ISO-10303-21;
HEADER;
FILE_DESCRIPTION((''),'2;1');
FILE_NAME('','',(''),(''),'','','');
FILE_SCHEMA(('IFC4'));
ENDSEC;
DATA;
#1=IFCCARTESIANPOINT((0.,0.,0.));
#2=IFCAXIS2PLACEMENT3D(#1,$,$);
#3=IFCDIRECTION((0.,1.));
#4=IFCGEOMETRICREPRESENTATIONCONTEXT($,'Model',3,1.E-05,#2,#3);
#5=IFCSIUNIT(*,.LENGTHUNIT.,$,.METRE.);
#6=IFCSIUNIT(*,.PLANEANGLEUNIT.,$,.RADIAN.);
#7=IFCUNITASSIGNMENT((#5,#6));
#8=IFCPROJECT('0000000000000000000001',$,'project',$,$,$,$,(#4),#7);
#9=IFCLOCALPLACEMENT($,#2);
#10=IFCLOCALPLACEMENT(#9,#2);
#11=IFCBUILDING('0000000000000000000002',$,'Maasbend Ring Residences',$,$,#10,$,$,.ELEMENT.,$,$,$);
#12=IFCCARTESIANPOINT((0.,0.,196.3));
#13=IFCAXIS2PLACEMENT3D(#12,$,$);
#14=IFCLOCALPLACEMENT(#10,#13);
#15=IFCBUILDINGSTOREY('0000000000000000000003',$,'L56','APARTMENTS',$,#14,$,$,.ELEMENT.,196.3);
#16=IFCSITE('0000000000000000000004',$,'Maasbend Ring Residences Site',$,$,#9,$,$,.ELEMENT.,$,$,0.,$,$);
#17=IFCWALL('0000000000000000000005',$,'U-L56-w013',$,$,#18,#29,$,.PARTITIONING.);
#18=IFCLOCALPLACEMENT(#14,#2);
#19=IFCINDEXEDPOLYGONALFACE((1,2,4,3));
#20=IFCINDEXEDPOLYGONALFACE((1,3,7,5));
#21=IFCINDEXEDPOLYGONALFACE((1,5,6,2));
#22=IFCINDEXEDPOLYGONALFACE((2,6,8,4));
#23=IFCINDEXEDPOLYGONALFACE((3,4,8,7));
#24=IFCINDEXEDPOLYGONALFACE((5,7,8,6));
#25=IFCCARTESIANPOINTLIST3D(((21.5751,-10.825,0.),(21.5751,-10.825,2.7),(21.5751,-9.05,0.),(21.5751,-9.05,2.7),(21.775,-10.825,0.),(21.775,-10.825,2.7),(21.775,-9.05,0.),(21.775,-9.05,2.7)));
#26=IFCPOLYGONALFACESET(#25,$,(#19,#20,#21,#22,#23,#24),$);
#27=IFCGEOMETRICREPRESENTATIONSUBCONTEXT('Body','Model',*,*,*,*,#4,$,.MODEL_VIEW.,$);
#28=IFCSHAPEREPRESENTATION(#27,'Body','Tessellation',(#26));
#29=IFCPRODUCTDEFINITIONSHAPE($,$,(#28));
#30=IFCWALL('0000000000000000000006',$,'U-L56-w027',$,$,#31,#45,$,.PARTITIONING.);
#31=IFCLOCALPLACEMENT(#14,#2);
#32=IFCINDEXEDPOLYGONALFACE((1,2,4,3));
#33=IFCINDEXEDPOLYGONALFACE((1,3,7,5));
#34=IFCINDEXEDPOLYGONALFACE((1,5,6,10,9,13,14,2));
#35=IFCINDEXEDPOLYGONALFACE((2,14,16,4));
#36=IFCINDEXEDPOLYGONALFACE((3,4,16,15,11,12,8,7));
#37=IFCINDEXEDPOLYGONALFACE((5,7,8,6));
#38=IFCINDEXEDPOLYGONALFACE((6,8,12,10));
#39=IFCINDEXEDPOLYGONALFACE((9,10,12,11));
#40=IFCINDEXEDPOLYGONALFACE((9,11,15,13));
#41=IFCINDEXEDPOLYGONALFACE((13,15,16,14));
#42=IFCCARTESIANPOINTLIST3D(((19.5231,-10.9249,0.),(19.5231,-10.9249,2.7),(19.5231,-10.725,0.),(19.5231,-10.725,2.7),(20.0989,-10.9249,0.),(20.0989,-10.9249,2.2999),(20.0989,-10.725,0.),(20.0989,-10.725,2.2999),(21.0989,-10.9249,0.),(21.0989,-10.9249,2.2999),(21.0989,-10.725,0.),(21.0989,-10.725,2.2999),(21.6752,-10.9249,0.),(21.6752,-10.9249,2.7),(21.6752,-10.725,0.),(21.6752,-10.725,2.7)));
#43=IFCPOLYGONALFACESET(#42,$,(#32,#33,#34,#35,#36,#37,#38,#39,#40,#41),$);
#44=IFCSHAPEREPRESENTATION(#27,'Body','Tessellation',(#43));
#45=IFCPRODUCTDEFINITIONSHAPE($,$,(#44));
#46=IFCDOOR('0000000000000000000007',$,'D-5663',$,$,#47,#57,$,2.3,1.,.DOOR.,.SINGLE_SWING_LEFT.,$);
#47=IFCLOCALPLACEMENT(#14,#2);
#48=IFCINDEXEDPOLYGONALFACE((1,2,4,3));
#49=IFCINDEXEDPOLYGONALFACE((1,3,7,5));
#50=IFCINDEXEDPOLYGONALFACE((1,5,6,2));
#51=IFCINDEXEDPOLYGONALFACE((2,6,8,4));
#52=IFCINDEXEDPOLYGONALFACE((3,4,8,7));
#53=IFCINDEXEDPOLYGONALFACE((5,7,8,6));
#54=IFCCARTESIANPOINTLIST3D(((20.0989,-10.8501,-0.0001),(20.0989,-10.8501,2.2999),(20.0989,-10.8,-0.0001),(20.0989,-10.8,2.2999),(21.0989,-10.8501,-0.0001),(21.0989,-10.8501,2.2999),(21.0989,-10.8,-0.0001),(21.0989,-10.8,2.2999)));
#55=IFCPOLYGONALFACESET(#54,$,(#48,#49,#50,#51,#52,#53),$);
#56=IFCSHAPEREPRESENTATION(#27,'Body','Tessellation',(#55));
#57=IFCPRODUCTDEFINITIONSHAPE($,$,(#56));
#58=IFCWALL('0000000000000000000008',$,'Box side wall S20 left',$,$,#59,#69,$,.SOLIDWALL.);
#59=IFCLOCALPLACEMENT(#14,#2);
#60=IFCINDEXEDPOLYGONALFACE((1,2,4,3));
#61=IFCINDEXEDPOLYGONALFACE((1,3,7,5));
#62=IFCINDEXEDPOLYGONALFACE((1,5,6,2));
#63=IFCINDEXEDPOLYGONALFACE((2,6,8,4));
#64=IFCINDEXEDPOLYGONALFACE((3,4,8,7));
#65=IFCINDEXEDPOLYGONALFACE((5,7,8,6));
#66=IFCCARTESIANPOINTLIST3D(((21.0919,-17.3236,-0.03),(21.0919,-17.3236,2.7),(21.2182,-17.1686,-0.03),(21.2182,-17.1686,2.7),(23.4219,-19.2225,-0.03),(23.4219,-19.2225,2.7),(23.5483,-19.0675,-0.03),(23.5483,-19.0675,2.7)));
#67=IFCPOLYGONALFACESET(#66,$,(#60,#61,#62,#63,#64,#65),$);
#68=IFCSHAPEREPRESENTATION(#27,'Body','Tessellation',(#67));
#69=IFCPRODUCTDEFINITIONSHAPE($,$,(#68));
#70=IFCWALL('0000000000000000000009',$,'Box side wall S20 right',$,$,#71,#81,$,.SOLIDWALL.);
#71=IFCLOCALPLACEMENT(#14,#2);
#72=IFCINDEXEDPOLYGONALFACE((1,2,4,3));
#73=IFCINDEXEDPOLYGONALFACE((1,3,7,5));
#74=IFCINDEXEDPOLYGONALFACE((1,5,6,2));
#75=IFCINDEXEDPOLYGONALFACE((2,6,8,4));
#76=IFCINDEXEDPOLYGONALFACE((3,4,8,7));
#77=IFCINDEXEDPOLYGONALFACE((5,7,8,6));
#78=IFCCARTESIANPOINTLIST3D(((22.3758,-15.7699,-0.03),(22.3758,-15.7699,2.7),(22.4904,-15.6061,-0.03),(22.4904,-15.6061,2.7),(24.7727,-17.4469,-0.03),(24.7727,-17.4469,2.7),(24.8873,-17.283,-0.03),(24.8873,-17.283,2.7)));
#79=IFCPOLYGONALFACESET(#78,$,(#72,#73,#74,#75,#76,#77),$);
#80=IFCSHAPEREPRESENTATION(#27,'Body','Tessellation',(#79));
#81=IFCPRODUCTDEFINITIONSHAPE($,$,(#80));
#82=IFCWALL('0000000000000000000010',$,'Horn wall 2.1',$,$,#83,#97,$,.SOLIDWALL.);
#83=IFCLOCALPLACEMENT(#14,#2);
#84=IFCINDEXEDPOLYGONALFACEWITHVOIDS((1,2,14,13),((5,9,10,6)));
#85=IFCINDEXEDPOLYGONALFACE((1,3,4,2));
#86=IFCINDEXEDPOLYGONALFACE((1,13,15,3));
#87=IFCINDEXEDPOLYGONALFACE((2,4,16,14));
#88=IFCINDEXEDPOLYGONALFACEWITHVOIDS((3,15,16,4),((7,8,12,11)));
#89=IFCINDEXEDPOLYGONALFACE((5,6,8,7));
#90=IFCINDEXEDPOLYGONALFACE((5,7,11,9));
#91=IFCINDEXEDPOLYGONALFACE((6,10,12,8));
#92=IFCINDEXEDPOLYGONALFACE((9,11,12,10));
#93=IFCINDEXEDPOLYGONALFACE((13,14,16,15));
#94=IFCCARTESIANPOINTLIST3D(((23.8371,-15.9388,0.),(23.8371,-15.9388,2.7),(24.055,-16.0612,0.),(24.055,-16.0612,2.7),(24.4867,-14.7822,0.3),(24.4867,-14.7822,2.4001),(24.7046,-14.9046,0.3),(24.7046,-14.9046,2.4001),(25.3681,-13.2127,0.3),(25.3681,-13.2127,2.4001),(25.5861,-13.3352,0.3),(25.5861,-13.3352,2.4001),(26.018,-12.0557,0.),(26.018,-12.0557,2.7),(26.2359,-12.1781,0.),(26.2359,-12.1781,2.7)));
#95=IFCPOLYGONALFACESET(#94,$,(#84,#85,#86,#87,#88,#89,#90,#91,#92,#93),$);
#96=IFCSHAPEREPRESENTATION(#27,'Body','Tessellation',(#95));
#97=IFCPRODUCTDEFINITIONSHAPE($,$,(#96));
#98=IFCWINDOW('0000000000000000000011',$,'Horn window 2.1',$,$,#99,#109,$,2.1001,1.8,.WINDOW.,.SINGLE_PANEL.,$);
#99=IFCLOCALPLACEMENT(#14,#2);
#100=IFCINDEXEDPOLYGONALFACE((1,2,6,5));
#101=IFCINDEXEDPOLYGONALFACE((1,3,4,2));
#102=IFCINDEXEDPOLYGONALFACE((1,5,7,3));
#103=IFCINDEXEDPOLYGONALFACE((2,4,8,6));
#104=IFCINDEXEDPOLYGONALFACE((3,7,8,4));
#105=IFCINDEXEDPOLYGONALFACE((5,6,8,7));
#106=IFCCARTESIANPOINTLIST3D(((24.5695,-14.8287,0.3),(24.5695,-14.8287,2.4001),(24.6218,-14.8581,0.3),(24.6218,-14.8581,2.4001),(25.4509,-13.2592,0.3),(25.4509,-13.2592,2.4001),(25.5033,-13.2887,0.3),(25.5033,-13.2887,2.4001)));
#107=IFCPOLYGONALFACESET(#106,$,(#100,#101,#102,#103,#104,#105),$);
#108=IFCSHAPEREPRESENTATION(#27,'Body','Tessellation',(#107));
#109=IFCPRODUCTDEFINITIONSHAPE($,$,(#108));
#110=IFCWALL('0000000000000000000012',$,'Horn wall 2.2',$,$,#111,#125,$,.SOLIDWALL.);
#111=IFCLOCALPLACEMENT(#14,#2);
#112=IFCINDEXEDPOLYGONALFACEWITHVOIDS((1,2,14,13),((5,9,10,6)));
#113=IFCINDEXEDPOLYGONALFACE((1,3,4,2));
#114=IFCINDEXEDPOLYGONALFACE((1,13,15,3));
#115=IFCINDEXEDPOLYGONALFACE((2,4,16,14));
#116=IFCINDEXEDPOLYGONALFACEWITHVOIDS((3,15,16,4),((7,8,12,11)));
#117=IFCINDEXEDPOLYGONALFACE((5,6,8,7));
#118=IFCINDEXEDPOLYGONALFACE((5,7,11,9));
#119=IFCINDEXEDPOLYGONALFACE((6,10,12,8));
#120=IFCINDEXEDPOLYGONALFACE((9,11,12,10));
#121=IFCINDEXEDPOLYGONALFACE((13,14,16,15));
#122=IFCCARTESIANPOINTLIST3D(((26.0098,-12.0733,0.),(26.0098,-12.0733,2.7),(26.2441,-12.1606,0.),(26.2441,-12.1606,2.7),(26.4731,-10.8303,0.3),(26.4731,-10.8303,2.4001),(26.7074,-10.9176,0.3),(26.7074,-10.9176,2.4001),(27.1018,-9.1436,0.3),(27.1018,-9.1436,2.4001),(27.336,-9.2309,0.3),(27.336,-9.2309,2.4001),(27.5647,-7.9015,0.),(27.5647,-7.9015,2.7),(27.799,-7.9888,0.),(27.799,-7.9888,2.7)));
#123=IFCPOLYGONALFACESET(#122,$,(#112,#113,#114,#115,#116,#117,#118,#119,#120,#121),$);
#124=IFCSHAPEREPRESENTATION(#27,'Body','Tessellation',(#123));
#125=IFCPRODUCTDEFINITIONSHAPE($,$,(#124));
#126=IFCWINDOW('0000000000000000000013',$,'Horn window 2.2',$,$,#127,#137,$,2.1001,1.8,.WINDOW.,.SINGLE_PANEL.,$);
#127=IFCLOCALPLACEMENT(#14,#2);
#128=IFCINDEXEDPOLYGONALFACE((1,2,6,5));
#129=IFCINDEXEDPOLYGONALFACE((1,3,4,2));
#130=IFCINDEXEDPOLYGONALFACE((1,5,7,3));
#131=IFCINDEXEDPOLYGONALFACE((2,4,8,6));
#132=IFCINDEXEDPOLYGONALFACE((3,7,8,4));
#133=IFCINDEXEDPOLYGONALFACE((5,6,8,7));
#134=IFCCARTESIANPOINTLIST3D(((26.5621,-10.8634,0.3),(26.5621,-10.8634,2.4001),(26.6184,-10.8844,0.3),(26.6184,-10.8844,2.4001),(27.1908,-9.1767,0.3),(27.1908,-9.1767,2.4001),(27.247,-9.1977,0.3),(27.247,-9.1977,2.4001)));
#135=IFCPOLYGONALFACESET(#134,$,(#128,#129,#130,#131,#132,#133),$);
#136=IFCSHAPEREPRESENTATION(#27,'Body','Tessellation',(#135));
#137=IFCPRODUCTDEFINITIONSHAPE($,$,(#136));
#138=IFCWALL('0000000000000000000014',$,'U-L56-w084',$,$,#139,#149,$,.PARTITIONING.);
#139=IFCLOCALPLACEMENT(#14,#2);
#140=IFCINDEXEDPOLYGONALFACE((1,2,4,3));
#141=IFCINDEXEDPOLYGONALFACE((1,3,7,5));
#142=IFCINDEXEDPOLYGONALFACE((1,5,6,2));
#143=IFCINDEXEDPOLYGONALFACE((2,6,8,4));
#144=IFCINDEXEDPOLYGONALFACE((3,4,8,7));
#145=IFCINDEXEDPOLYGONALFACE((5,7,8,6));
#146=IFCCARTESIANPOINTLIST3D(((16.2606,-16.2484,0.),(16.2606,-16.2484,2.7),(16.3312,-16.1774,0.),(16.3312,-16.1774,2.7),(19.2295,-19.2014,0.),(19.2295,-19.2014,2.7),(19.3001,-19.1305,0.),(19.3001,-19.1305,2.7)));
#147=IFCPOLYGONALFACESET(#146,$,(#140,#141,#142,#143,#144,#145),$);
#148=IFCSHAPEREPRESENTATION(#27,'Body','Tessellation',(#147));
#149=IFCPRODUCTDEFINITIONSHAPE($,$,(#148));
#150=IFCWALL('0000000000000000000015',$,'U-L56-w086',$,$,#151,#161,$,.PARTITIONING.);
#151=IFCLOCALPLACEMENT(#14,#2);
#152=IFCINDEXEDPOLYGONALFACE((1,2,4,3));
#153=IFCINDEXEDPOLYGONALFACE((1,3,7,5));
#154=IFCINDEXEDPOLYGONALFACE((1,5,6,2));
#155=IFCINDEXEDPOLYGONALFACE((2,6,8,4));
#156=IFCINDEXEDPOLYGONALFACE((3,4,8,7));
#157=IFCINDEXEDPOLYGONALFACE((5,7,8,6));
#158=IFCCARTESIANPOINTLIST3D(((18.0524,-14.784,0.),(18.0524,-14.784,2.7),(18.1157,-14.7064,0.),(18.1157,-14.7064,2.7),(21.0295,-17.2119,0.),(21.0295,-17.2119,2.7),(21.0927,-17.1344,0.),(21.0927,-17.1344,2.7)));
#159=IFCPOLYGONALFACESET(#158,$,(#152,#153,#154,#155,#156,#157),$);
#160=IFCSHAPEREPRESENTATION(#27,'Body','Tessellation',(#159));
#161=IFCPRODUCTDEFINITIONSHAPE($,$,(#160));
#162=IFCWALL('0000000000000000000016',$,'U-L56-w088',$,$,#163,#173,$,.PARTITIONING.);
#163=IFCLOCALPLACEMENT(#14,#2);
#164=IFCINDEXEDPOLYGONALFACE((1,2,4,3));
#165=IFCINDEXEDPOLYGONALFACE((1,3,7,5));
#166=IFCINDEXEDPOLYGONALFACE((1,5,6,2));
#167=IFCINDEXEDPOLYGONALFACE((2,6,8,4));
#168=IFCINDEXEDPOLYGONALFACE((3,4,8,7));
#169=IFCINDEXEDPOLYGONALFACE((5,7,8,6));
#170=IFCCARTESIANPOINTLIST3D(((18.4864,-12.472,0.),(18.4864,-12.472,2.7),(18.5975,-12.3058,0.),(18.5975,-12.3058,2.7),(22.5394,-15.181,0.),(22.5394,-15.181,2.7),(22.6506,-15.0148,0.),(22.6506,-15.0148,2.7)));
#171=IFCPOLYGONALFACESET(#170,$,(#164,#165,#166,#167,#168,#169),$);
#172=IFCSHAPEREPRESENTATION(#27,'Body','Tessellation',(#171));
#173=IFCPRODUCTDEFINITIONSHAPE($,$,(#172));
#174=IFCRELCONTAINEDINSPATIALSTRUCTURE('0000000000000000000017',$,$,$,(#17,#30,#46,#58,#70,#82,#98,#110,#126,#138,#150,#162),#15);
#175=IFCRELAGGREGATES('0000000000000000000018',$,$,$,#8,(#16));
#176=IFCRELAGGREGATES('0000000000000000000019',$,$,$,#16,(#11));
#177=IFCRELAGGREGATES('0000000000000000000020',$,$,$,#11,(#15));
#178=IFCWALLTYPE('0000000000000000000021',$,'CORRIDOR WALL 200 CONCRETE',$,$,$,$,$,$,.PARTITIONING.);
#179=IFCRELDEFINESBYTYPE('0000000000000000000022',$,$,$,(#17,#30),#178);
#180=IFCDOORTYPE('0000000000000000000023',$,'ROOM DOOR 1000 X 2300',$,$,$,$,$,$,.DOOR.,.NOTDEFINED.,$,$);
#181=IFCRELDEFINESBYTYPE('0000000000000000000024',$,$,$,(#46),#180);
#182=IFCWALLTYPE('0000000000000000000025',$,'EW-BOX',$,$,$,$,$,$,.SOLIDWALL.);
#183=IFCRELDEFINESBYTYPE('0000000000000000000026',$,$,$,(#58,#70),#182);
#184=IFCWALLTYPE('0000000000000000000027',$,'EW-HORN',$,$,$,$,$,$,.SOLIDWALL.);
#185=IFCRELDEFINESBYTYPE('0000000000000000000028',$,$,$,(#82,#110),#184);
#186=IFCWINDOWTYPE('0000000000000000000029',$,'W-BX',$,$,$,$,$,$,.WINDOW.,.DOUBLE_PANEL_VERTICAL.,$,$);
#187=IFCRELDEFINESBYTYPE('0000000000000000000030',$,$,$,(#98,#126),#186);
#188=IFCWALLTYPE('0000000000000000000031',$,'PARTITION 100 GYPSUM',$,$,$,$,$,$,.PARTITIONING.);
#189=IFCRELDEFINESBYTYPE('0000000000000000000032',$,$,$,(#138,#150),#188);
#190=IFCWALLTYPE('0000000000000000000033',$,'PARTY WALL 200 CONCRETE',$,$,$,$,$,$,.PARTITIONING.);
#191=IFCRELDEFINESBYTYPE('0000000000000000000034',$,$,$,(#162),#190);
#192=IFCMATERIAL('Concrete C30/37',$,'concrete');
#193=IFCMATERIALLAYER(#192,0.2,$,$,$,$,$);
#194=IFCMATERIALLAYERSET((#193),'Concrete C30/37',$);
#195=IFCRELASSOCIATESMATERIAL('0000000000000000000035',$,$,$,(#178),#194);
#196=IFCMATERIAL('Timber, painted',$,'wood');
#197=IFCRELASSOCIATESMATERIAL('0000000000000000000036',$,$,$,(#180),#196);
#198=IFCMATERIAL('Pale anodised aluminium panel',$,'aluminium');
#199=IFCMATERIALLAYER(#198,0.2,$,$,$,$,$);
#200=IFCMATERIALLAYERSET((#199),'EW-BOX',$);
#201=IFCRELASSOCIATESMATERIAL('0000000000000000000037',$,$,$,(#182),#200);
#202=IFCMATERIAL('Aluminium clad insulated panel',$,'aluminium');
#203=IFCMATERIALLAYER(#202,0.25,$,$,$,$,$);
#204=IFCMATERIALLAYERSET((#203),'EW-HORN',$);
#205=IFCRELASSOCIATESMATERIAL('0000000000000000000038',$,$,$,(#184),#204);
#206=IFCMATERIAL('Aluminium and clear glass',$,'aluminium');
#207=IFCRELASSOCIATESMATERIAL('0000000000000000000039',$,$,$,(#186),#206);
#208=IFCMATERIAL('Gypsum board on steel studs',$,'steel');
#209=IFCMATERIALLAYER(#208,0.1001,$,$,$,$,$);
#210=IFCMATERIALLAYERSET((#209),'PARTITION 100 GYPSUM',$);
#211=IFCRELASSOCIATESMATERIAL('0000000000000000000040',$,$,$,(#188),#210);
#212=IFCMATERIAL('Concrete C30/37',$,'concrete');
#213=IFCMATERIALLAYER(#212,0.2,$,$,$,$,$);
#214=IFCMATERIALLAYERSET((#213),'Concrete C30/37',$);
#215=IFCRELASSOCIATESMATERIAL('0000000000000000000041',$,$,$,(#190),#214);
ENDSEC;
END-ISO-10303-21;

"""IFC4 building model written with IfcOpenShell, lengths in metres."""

from ifc_helpers import new_model, si_unit, direction, frame, frame_2d, origin, place, context, subcontext, project, spatial, rectangle, extrude, material, layer, layer_set, type_object, element, fill, save


model = new_model("IFC4")

# Units and contexts
model_context = context("Model", 3, precision=1e-05, world=origin(), true_north=direction((0.0, 1.0)))
body_context = subcontext(model_context, "Body", "Model", "MODEL_VIEW")
ifc_project = project(units=[si_unit("LENGTHUNIT", "METRE"), si_unit("PLANEANGLEUNIT", "RADIAN")], contexts=[model_context])

# Site, building, storey
site_placement = place(None, origin())
site = spatial("IfcSite", under=ifc_project, at=site_placement, Name="Maasbend Ring Residences Site", CompositionType="ELEMENT", RefElevation=0.0)
building_placement = place(site_placement, origin())
building = spatial("IfcBuilding", under=site, at=building_placement, Name="Maasbend Ring Residences", CompositionType="ELEMENT")
storey_placement = place(building_placement, frame((0.0, 0.0, 196.3)))
storey = spatial("IfcBuildingStorey", under=building, at=storey_placement, Name="L56", Description="APARTMENTS", CompositionType="ELEMENT", Elevation=196.3)

# Wall
ifc_material_1 = material(Name="Concrete C30/37", Category="concrete")
ifc_layer_1 = layer(ifc_material_1, 0.2)
ifc_layer_set_1 = layer_set([ifc_layer_1], Name="Concrete C30/37")
wall_type_1 = type_object("IfcWallType", Name="CORRIDOR WALL 200 CONCRETE", PredefinedType="PARTITIONING", material=ifc_layer_set_1)
wall_1_placement = place(storey_placement, frame((21.675, -10.825, 0.0), z_axis=(0.0, 0.0, 1.0), x_axis=(0.0, 1.0, 0.0)))
element("IfcWall", 1, at=wall_1_placement, inside=storey, type_object=wall_type_1, Name="U-L56-w013", PredefinedType="PARTITIONING", context=body_context, shape_type="SweptSolid", body=[
    extrude(rectangle(XDim=1.7749, YDim=0.2, at=frame_2d((0.8875, 0.0))), origin(), (0.0, 0.0, 1.0), 2.7),
])

# Wall, opening, door
wall_2_placement = place(storey_placement, frame((19.5229, -10.825, 0.0), z_axis=(0.0, 0.0, 1.0), x_axis=(1.0, 0.0, 0.0)))
wall_2 = element("IfcWall", 2, at=wall_2_placement, inside=storey, type_object=wall_type_1, Name="U-L56-w027", PredefinedType="PARTITIONING", context=body_context, shape_type="SweptSolid", body=[
    extrude(rectangle(XDim=2.1521, YDim=0.2, at=frame_2d((1.0762, 0.0))), origin(), (0.0, 0.0, 1.0), 2.7),
])
opening_1_placement = place(wall_2_placement, frame((0.5759, 0.0, 0.0)))
opening_1 = element("IfcOpeningElement", 3, at=opening_1_placement, cuts=wall_2, PredefinedType="OPENING", context=body_context, shape_type="SweptSolid", body=[
    extrude(rectangle(XDim=1.0, YDim=2.3, at=frame_2d((0.5, 1.1499))), frame((0.0, 0.1099, 0.0), z_axis=(0.0, -1.0, 0.0), x_axis=(1.0, 0.0, 0.0)), (0.0, 0.0, 1.0), 0.22),
])
ifc_material_2 = material(Name="Timber, painted", Category="wood")
door_type = type_object("IfcDoorType", Name="ROOM DOOR 1000 X 2300", OperationType="NOTDEFINED", PredefinedType="DOOR", material=ifc_material_2)
door_placement = place(opening_1_placement, origin())
door = element("IfcDoor", 4, at=door_placement, inside=storey, type_object=door_type, Name="D-5663", OperationType="SINGLE_SWING_LEFT", OverallHeight=2.3, OverallWidth=1.0, PredefinedType="DOOR", context=body_context, shape_type="SweptSolid", body=[
    extrude(rectangle(XDim=1.0, YDim=2.3, at=frame_2d((0.5, 1.1499))), frame((0.0, 0.0249, 0.0), z_axis=(0.0, -1.0, 0.0), x_axis=(1.0, 0.0, 0.0)), (0.0, 0.0, 1.0), 0.05),
])
fill(opening_1, door)

# Walls
ifc_material_3 = material(Name="Pale anodised aluminium panel", Category="aluminium")
ifc_layer_2 = layer(ifc_material_3, 0.2)
ifc_layer_set_2 = layer_set([ifc_layer_2], Name="EW-BOX")
wall_type_2 = type_object("IfcWallType", Name="EW-BOX", PredefinedType="SOLIDWALL", material=ifc_layer_set_2)
wall_3_placement = place(storey_placement, frame((21.155, -17.2461, -0.03), z_axis=(0.0, 0.0, 1.0), x_axis=(0.775179, -0.631742, 0.0)))
element("IfcWall", 5, at=wall_3_placement, inside=storey, type_object=wall_type_2, Name="Box side wall S20 left", PredefinedType="SOLIDWALL", context=body_context, shape_type="SweptSolid", body=[
    extrude(rectangle(XDim=3.0059, YDim=0.2, at=frame_2d((1.5029, 0.0))), origin(), (0.0, 0.0, 1.0), 2.73),
])
wall_4_placement = place(storey_placement, frame((22.4331, -15.688, -0.03), z_axis=(0.0, 0.0, 1.0), x_axis=(0.819373, -0.573261, 0.0)))
element("IfcWall", 6, at=wall_4_placement, inside=storey, type_object=wall_type_2, Name="Box side wall S20 right", PredefinedType="SOLIDWALL", context=body_context, shape_type="SweptSolid", body=[
    extrude(rectangle(XDim=2.9253, YDim=0.2, at=frame_2d((1.4626, 0.0))), origin(), (0.0, 0.0, 1.0), 2.73),
])

# Walls, openings, windows
ifc_material_4 = material(Name="Aluminium clad insulated panel", Category="aluminium")
ifc_layer_3 = layer(ifc_material_4, 0.25)
ifc_layer_set_3 = layer_set([ifc_layer_3], Name="EW-HORN")
wall_type_3 = type_object("IfcWallType", Name="EW-HORN", PredefinedType="SOLIDWALL", material=ifc_layer_set_3)
wall_5_placement = place(storey_placement, frame((23.946, -16.0, 0.0), z_axis=(0.0, 0.0, 1.0), x_axis=(0.489696, 0.871893, 0.0)))
wall_5 = element("IfcWall", 7, at=wall_5_placement, inside=storey, type_object=wall_type_3, Name="Horn wall 2.1", PredefinedType="SOLIDWALL", context=body_context, shape_type="SweptSolid", body=[
    extrude(rectangle(XDim=4.4536, YDim=0.25, at=frame_2d((2.2268, 0.0))), origin(), (0.0, 0.0, 1.0), 2.7),
])
opening_2_placement = place(wall_5_placement, frame((1.3267, 0.0, 0.3)))
opening_2 = element("IfcOpeningElement", 8, at=opening_2_placement, cuts=wall_5, PredefinedType="OPENING", context=body_context, shape_type="SweptSolid", body=[
    extrude(rectangle(XDim=1.8, YDim=2.1001, at=frame_2d((0.8999, 1.05))), frame((0.0, 0.135, 0.0), z_axis=(0.0, -1.0, 0.0), x_axis=(1.0, 0.0, 0.0)), (0.0, 0.0, 1.0), 0.27),
])
ifc_material_5 = material(Name="Aluminium and clear glass", Category="aluminium")
window_type = type_object("IfcWindowType", Name="W-BX", PartitioningType="DOUBLE_PANEL_VERTICAL", PredefinedType="WINDOW", material=ifc_material_5)
window_1_placement = place(opening_2_placement, origin())
window_1 = element("IfcWindow", 9, at=window_1_placement, inside=storey, type_object=window_type, Name="Horn window 2.1", OverallHeight=2.1001, OverallWidth=1.8, PartitioningType="SINGLE_PANEL", PredefinedType="WINDOW", context=body_context, shape_type="SweptSolid", body=[
    extrude(rectangle(XDim=1.8, YDim=2.1001, at=frame_2d((0.8999, 1.05))), frame((0.0, 0.03, 0.0), z_axis=(0.0, -1.0, 0.0), x_axis=(1.0, 0.0, 0.0)), (0.0, 0.0, 1.0), 0.0601),
])
fill(opening_2, window_1)
wall_6_placement = place(storey_placement, frame((26.127, -12.1169, 0.0), z_axis=(0.0, 0.0, 1.0), x_axis=(0.349248, 0.93703, 0.0)))
wall_6 = element("IfcWall", 10, at=wall_6_placement, inside=storey, type_object=wall_type_3, Name="Horn wall 2.2", PredefinedType="SOLIDWALL", context=body_context, shape_type="SweptSolid", body=[
    extrude(rectangle(XDim=4.4521, YDim=0.25, at=frame_2d((2.2261, 0.0))), origin(), (0.0, 0.0, 1.0), 2.7),
])
opening_3_placement = place(wall_6_placement, frame((1.3267, 0.0, 0.3)))
opening_3 = element("IfcOpeningElement", 11, at=opening_3_placement, cuts=wall_6, PredefinedType="OPENING", context=body_context, shape_type="SweptSolid", body=[
    extrude(rectangle(XDim=1.8, YDim=2.1001, at=frame_2d((0.8999, 1.05))), frame((0.0, 0.135, 0.0), z_axis=(0.0, -1.0, 0.0), x_axis=(1.0, 0.0, 0.0)), (0.0, 0.0, 1.0), 0.27),
])
window_2_placement = place(opening_3_placement, origin())
window_2 = element("IfcWindow", 12, at=window_2_placement, inside=storey, type_object=window_type, Name="Horn window 2.2", OverallHeight=2.1001, OverallWidth=1.8, PartitioningType="SINGLE_PANEL", PredefinedType="WINDOW", context=body_context, shape_type="SweptSolid", body=[
    extrude(rectangle(XDim=1.8, YDim=2.1001, at=frame_2d((0.8999, 1.05))), frame((0.0, 0.03, 0.0), z_axis=(0.0, -1.0, 0.0), x_axis=(1.0, 0.0, 0.0)), (0.0, 0.0, 1.0), 0.0601),
])
fill(opening_3, window_2)

# Walls
ifc_material_6 = material(Name="Gypsum board on steel studs", Category="steel")
ifc_layer_4 = layer(ifc_material_6, 0.1001)
ifc_layer_set_4 = layer_set([ifc_layer_4], Name="PARTITION 100 GYPSUM")
wall_type_4 = type_object("IfcWallType", Name="PARTITION 100 GYPSUM", PredefinedType="PARTITIONING", material=ifc_layer_set_4)
wall_7_placement = place(storey_placement, frame((16.2959, -16.2129, 0.0), z_axis=(0.0, 0.0, 1.0), x_axis=(0.708999, -0.705209, 0.0)))
element("IfcWall", 13, at=wall_7_placement, inside=storey, type_object=wall_type_4, Name="U-L56-w084", PredefinedType="PARTITIONING", context=body_context, shape_type="SweptSolid", body=[
    extrude(rectangle(XDim=4.1875, YDim=0.1001, at=frame_2d((2.0938, 0.0))), origin(), (0.0, 0.0, 1.0), 2.7),
])
wall_8_placement = place(storey_placement, frame((18.084, -14.7451, 0.0), z_axis=(0.0, 0.0, 1.0), x_axis=(0.77495, -0.632022, 0.0)))
element("IfcWall", 14, at=wall_8_placement, inside=storey, type_object=wall_type_4, Name="U-L56-w086", PredefinedType="PARTITIONING", context=body_context, shape_type="SweptSolid", body=[
    extrude(rectangle(XDim=3.8416, YDim=0.1001, at=frame_2d((1.9209, 0.0))), origin(), (0.0, 0.0, 1.0), 2.7),
])
ifc_material_7 = material(Name="Concrete C30/37", Category="concrete")
ifc_layer_5 = layer(ifc_material_7, 0.2)
ifc_layer_set_5 = layer_set([ifc_layer_5], Name="Concrete C30/37")
wall_type_5 = type_object("IfcWallType", Name="PARTY WALL 200 CONCRETE", PredefinedType="PARTITIONING", material=ifc_layer_set_5)
wall_9_placement = place(storey_placement, frame((18.542, -12.3889, 0.0), z_axis=(0.0, 0.0, 1.0), x_axis=(0.831387, -0.555694, 0.0)))
element("IfcWall", 15, at=wall_9_placement, inside=storey, type_object=wall_type_5, Name="U-L56-w088", PredefinedType="PARTITIONING", context=body_context, shape_type="SweptSolid", body=[
    extrude(rectangle(XDim=4.875, YDim=0.2, at=frame_2d((2.4375, 0.0))), origin(), (0.0, 0.0, 1.0), 2.7),
])

save(model, "model.ifc")
